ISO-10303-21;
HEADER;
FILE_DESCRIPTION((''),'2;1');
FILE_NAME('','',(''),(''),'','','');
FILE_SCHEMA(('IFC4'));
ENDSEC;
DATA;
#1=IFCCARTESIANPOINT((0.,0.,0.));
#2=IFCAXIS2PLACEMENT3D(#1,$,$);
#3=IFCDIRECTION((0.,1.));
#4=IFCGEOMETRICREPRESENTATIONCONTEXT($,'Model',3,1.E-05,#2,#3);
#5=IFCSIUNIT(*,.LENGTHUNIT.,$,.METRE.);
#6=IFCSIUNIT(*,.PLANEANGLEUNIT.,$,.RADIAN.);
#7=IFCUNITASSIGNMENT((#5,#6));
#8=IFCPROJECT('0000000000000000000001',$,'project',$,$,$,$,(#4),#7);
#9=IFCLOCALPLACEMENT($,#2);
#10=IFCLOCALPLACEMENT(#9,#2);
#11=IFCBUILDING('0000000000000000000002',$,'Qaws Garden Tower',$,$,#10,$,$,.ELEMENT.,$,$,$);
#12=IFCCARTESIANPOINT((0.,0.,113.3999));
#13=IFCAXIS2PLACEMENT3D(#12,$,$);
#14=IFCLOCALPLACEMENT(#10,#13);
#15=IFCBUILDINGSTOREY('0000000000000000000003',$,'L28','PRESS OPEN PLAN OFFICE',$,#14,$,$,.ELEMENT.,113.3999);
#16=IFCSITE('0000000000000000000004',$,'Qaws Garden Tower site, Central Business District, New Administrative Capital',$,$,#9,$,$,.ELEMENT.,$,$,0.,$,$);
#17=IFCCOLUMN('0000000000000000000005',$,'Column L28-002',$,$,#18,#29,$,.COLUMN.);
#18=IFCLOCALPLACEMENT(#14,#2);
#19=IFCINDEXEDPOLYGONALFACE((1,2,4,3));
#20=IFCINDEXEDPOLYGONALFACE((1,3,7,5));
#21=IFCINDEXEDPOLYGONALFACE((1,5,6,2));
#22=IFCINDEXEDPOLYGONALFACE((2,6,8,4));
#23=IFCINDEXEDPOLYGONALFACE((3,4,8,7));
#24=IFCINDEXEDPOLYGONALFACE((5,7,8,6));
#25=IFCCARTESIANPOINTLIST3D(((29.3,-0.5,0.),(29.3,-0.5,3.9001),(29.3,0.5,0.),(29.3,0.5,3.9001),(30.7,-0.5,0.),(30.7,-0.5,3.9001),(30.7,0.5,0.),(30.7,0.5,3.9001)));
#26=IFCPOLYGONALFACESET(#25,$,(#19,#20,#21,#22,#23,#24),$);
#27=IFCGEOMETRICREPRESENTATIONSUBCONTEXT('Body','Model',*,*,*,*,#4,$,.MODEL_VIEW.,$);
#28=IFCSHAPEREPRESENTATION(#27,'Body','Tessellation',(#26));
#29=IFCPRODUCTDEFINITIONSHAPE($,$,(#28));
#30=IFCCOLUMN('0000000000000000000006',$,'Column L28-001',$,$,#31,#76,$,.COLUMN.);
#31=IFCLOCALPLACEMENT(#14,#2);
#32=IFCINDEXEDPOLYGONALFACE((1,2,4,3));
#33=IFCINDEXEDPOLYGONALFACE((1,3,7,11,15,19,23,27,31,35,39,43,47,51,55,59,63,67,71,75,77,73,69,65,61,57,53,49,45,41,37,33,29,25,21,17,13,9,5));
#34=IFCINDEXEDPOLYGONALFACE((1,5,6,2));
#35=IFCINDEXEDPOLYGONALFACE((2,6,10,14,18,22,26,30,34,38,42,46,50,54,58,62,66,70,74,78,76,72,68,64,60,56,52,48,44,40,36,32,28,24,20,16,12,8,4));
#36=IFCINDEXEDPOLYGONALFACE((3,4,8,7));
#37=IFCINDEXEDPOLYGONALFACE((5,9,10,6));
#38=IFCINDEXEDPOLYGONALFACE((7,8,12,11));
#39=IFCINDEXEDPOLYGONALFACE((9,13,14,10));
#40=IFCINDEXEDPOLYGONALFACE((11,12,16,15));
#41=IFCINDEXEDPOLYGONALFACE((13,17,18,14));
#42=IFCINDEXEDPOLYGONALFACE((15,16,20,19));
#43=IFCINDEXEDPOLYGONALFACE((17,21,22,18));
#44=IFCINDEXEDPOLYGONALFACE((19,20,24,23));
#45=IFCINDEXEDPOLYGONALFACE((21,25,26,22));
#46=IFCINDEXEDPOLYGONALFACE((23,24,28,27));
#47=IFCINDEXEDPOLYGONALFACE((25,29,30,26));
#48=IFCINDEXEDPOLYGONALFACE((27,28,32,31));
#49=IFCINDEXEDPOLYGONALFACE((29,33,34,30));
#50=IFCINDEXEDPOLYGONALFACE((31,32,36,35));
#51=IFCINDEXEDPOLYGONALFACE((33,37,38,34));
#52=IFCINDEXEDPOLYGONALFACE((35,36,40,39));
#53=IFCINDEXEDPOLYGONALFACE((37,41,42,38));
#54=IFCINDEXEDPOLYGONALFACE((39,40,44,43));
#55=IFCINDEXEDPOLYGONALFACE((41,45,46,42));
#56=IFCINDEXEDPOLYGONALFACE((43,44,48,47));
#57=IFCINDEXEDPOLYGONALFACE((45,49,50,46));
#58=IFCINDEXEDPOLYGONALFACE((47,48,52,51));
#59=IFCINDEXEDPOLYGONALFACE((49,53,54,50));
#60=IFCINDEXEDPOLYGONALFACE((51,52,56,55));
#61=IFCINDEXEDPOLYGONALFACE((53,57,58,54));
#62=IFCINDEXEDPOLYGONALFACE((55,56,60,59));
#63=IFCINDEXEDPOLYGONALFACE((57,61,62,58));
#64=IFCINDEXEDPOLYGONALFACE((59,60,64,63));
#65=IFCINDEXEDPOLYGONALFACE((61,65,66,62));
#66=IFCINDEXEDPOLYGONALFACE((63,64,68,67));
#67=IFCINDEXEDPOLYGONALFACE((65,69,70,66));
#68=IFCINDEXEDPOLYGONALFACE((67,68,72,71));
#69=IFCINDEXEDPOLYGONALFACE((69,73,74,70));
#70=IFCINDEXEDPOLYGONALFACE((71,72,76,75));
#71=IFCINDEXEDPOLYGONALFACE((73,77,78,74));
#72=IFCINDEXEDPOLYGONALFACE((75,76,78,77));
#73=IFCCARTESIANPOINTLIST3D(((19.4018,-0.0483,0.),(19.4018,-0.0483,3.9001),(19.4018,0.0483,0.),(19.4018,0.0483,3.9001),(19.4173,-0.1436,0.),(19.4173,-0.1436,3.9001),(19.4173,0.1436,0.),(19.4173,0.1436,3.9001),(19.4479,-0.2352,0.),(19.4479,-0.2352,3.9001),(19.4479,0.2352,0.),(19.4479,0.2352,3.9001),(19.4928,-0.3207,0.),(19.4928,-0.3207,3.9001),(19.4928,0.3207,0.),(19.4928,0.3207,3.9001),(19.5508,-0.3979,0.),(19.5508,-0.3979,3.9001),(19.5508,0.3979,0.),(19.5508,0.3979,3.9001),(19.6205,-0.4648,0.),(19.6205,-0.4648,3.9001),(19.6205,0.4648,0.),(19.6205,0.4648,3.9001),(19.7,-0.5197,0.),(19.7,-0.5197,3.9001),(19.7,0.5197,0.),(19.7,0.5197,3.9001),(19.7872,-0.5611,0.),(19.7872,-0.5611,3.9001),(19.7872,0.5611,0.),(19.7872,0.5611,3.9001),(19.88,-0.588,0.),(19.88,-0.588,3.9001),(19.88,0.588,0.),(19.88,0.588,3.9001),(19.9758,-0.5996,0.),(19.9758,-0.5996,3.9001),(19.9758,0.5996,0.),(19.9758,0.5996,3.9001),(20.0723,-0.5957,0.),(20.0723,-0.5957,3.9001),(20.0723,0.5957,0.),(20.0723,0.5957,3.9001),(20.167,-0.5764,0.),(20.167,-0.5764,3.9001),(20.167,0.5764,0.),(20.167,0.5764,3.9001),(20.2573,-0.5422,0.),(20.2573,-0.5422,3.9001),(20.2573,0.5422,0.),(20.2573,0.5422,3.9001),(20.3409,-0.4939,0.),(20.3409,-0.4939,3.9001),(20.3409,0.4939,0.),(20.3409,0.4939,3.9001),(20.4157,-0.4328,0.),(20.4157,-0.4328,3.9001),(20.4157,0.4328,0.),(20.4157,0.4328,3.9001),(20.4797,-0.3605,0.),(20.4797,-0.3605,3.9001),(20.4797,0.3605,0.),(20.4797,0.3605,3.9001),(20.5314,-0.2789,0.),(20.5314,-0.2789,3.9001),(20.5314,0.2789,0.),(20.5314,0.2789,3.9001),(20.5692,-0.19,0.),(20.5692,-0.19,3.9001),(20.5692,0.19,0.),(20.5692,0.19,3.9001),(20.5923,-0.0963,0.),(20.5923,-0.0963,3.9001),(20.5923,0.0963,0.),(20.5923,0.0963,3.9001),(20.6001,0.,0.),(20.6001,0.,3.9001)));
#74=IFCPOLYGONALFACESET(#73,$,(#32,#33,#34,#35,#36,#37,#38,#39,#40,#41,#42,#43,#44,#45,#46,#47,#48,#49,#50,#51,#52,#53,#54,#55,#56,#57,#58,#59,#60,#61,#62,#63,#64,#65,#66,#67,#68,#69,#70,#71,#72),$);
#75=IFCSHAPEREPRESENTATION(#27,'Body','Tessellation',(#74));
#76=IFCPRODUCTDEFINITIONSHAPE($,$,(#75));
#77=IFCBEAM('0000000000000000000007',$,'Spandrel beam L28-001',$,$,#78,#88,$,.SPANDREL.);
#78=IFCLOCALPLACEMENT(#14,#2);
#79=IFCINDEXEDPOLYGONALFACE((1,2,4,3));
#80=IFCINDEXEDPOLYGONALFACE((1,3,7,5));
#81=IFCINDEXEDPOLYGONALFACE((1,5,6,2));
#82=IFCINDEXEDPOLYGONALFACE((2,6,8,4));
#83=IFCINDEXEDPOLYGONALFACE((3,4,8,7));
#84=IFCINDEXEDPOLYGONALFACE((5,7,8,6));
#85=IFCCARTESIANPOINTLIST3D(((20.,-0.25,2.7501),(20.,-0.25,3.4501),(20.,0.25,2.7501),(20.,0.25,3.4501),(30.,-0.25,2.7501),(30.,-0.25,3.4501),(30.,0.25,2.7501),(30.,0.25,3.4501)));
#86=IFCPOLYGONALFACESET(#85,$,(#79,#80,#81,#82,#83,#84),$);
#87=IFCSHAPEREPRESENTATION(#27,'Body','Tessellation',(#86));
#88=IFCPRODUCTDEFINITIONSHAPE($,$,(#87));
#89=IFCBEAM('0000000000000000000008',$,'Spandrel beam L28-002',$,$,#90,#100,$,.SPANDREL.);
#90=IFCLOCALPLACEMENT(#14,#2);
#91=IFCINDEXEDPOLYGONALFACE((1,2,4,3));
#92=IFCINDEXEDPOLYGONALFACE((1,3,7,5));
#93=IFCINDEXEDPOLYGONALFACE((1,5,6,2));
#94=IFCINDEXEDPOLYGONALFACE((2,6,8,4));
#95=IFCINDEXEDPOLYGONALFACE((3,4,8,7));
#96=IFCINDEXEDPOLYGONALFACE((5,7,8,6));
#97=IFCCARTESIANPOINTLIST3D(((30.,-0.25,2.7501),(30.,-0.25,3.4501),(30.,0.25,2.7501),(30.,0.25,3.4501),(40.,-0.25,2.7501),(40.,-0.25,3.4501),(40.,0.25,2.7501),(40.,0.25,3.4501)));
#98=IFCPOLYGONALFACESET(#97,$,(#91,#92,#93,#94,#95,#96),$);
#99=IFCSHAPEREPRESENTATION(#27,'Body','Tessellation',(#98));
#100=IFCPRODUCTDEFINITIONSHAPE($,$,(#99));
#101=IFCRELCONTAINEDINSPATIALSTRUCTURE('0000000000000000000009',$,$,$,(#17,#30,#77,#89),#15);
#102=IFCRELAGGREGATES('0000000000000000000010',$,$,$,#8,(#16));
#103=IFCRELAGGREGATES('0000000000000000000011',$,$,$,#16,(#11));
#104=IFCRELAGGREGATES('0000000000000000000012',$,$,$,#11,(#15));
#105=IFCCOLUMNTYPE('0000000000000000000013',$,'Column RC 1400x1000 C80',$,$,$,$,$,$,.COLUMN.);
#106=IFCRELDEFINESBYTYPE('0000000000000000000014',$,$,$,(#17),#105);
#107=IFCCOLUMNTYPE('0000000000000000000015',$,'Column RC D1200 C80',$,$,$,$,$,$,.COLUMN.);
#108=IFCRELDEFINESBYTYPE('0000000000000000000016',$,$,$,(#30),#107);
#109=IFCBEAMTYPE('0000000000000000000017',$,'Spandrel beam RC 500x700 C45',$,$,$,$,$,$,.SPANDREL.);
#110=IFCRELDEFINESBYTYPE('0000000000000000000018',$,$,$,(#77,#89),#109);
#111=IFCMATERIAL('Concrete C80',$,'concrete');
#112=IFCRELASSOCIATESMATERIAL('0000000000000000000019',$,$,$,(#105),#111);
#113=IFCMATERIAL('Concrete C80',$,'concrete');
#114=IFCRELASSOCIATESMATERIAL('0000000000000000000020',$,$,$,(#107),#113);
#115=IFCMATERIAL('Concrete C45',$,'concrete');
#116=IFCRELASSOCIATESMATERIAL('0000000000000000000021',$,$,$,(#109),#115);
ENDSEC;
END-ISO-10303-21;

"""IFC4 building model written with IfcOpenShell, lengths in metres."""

from ifc_helpers import new_model, si_unit, direction, frame, origin, origin_2d, place, context, subcontext, project, spatial, rectangle, circle, extrude, material, material_profile, profile_set, type_object, element, save


model = new_model("IFC4")

# Units and contexts
model_context = context("Model", 3, precision=1e-05, world=origin(), true_north=direction((0.0, 1.0)))
body_context = subcontext(model_context, "Body", "Model", "MODEL_VIEW")
ifc_project = project(units=[si_unit("LENGTHUNIT", "METRE"), si_unit("PLANEANGLEUNIT", "RADIAN")], contexts=[model_context])

# Site, building, storey
site_placement = place(None, origin())
site = spatial("IfcSite", under=ifc_project, at=site_placement, Name="Qaws Garden Tower site, Central Business District, New Administrative Capital", CompositionType="ELEMENT", RefElevation=0.0)
building_placement = place(site_placement, origin())
building = spatial("IfcBuilding", under=site, at=building_placement, Name="Qaws Garden Tower", CompositionType="ELEMENT")
storey_placement = place(building_placement, frame((0.0, 0.0, 113.3999)))
storey = spatial("IfcBuildingStorey", under=building, at=storey_placement, Name="L28", Description="PRESS OPEN PLAN OFFICE", CompositionType="ELEMENT", Elevation=113.3999)

# Columns
ifc_material_1 = material(Name="Concrete C80", Category="concrete")
ifc_material_profile_1 = material_profile(ifc_material_1, rectangle(XDim=1.3999, YDim=1.0, at=origin_2d()), Name="RC 1400x1000")
ifc_profile_set_1 = profile_set([ifc_material_profile_1], Name="Concrete C80")
column_type_1 = type_object("IfcColumnType", Name="Column RC 1400x1000 C80", PredefinedType="COLUMN", material=ifc_profile_set_1)
column_1_placement = place(storey_placement, frame((30.0, 0.0, 0.0), z_axis=(0.0, 0.0, 1.0), x_axis=(1.0, 0.0, 0.0)))
element("IfcColumn", 1, at=column_1_placement, inside=storey, type_object=column_type_1, Name="Column L28-002", PredefinedType="COLUMN", context=body_context, shape_type="SweptSolid", body=[
    extrude(rectangle(XDim=1.3999, YDim=1.0, at=origin_2d()), origin(), (0.0, 0.0, 1.0), 3.9001),
])
ifc_material_2 = material(Name="Concrete C80", Category="concrete")
ifc_material_profile_2 = material_profile(ifc_material_2, circle(Radius=0.6001, at=origin_2d()), Name="RC D1200")
ifc_profile_set_2 = profile_set([ifc_material_profile_2], Name="Concrete C80")
column_type_2 = type_object("IfcColumnType", Name="Column RC D1200 C80", PredefinedType="COLUMN", material=ifc_profile_set_2)
column_2_placement = place(storey_placement, frame((20.0, 0.0, 0.0), z_axis=(0.0, 0.0, 1.0), x_axis=(1.0, 0.0, 0.0)))
element("IfcColumn", 2, at=column_2_placement, inside=storey, type_object=column_type_2, Name="Column L28-001", PredefinedType="COLUMN", context=body_context, shape_type="SweptSolid", body=[
    extrude(circle(Radius=0.6001, at=origin_2d()), origin(), (0.0, 0.0, 1.0), 3.9001),
])

# Beams
ifc_material_3 = material(Name="Concrete C45", Category="concrete")
ifc_material_profile_3 = material_profile(ifc_material_3, rectangle(XDim=0.5, YDim=0.7, at=origin_2d()), Name="RC 500x700")
ifc_profile_set_3 = profile_set([ifc_material_profile_3], Name="Concrete C45")
beam_type = type_object("IfcBeamType", Name="Spandrel beam RC 500x700 C45", PredefinedType="SPANDREL", material=ifc_profile_set_3)
for number, where, z_axis, x_axis, name in (
    (3, (20.0, 0.0, 3.1001), (1.0, 0.0, 0.0), (0.0, 1.0, 0.0), "Spandrel beam L28-001"),
    (4, (30.0, 0.0, 3.1001), (1.0, 0.0, 0.0), (0.0, 1.0, 0.0), "Spandrel beam L28-002"),
):
    element("IfcBeam", number, at=place(storey_placement, frame(where, z_axis=z_axis, x_axis=x_axis)), inside=storey, type_object=beam_type, Name=name, PredefinedType="SPANDREL", context=body_context, shape_type="SweptSolid", body=[
        extrude(rectangle(XDim=0.5, YDim=0.7, at=origin_2d()), origin(), (0.0, 0.0, 1.0), 10.0),
    ])

save(model, "model.ifc")
